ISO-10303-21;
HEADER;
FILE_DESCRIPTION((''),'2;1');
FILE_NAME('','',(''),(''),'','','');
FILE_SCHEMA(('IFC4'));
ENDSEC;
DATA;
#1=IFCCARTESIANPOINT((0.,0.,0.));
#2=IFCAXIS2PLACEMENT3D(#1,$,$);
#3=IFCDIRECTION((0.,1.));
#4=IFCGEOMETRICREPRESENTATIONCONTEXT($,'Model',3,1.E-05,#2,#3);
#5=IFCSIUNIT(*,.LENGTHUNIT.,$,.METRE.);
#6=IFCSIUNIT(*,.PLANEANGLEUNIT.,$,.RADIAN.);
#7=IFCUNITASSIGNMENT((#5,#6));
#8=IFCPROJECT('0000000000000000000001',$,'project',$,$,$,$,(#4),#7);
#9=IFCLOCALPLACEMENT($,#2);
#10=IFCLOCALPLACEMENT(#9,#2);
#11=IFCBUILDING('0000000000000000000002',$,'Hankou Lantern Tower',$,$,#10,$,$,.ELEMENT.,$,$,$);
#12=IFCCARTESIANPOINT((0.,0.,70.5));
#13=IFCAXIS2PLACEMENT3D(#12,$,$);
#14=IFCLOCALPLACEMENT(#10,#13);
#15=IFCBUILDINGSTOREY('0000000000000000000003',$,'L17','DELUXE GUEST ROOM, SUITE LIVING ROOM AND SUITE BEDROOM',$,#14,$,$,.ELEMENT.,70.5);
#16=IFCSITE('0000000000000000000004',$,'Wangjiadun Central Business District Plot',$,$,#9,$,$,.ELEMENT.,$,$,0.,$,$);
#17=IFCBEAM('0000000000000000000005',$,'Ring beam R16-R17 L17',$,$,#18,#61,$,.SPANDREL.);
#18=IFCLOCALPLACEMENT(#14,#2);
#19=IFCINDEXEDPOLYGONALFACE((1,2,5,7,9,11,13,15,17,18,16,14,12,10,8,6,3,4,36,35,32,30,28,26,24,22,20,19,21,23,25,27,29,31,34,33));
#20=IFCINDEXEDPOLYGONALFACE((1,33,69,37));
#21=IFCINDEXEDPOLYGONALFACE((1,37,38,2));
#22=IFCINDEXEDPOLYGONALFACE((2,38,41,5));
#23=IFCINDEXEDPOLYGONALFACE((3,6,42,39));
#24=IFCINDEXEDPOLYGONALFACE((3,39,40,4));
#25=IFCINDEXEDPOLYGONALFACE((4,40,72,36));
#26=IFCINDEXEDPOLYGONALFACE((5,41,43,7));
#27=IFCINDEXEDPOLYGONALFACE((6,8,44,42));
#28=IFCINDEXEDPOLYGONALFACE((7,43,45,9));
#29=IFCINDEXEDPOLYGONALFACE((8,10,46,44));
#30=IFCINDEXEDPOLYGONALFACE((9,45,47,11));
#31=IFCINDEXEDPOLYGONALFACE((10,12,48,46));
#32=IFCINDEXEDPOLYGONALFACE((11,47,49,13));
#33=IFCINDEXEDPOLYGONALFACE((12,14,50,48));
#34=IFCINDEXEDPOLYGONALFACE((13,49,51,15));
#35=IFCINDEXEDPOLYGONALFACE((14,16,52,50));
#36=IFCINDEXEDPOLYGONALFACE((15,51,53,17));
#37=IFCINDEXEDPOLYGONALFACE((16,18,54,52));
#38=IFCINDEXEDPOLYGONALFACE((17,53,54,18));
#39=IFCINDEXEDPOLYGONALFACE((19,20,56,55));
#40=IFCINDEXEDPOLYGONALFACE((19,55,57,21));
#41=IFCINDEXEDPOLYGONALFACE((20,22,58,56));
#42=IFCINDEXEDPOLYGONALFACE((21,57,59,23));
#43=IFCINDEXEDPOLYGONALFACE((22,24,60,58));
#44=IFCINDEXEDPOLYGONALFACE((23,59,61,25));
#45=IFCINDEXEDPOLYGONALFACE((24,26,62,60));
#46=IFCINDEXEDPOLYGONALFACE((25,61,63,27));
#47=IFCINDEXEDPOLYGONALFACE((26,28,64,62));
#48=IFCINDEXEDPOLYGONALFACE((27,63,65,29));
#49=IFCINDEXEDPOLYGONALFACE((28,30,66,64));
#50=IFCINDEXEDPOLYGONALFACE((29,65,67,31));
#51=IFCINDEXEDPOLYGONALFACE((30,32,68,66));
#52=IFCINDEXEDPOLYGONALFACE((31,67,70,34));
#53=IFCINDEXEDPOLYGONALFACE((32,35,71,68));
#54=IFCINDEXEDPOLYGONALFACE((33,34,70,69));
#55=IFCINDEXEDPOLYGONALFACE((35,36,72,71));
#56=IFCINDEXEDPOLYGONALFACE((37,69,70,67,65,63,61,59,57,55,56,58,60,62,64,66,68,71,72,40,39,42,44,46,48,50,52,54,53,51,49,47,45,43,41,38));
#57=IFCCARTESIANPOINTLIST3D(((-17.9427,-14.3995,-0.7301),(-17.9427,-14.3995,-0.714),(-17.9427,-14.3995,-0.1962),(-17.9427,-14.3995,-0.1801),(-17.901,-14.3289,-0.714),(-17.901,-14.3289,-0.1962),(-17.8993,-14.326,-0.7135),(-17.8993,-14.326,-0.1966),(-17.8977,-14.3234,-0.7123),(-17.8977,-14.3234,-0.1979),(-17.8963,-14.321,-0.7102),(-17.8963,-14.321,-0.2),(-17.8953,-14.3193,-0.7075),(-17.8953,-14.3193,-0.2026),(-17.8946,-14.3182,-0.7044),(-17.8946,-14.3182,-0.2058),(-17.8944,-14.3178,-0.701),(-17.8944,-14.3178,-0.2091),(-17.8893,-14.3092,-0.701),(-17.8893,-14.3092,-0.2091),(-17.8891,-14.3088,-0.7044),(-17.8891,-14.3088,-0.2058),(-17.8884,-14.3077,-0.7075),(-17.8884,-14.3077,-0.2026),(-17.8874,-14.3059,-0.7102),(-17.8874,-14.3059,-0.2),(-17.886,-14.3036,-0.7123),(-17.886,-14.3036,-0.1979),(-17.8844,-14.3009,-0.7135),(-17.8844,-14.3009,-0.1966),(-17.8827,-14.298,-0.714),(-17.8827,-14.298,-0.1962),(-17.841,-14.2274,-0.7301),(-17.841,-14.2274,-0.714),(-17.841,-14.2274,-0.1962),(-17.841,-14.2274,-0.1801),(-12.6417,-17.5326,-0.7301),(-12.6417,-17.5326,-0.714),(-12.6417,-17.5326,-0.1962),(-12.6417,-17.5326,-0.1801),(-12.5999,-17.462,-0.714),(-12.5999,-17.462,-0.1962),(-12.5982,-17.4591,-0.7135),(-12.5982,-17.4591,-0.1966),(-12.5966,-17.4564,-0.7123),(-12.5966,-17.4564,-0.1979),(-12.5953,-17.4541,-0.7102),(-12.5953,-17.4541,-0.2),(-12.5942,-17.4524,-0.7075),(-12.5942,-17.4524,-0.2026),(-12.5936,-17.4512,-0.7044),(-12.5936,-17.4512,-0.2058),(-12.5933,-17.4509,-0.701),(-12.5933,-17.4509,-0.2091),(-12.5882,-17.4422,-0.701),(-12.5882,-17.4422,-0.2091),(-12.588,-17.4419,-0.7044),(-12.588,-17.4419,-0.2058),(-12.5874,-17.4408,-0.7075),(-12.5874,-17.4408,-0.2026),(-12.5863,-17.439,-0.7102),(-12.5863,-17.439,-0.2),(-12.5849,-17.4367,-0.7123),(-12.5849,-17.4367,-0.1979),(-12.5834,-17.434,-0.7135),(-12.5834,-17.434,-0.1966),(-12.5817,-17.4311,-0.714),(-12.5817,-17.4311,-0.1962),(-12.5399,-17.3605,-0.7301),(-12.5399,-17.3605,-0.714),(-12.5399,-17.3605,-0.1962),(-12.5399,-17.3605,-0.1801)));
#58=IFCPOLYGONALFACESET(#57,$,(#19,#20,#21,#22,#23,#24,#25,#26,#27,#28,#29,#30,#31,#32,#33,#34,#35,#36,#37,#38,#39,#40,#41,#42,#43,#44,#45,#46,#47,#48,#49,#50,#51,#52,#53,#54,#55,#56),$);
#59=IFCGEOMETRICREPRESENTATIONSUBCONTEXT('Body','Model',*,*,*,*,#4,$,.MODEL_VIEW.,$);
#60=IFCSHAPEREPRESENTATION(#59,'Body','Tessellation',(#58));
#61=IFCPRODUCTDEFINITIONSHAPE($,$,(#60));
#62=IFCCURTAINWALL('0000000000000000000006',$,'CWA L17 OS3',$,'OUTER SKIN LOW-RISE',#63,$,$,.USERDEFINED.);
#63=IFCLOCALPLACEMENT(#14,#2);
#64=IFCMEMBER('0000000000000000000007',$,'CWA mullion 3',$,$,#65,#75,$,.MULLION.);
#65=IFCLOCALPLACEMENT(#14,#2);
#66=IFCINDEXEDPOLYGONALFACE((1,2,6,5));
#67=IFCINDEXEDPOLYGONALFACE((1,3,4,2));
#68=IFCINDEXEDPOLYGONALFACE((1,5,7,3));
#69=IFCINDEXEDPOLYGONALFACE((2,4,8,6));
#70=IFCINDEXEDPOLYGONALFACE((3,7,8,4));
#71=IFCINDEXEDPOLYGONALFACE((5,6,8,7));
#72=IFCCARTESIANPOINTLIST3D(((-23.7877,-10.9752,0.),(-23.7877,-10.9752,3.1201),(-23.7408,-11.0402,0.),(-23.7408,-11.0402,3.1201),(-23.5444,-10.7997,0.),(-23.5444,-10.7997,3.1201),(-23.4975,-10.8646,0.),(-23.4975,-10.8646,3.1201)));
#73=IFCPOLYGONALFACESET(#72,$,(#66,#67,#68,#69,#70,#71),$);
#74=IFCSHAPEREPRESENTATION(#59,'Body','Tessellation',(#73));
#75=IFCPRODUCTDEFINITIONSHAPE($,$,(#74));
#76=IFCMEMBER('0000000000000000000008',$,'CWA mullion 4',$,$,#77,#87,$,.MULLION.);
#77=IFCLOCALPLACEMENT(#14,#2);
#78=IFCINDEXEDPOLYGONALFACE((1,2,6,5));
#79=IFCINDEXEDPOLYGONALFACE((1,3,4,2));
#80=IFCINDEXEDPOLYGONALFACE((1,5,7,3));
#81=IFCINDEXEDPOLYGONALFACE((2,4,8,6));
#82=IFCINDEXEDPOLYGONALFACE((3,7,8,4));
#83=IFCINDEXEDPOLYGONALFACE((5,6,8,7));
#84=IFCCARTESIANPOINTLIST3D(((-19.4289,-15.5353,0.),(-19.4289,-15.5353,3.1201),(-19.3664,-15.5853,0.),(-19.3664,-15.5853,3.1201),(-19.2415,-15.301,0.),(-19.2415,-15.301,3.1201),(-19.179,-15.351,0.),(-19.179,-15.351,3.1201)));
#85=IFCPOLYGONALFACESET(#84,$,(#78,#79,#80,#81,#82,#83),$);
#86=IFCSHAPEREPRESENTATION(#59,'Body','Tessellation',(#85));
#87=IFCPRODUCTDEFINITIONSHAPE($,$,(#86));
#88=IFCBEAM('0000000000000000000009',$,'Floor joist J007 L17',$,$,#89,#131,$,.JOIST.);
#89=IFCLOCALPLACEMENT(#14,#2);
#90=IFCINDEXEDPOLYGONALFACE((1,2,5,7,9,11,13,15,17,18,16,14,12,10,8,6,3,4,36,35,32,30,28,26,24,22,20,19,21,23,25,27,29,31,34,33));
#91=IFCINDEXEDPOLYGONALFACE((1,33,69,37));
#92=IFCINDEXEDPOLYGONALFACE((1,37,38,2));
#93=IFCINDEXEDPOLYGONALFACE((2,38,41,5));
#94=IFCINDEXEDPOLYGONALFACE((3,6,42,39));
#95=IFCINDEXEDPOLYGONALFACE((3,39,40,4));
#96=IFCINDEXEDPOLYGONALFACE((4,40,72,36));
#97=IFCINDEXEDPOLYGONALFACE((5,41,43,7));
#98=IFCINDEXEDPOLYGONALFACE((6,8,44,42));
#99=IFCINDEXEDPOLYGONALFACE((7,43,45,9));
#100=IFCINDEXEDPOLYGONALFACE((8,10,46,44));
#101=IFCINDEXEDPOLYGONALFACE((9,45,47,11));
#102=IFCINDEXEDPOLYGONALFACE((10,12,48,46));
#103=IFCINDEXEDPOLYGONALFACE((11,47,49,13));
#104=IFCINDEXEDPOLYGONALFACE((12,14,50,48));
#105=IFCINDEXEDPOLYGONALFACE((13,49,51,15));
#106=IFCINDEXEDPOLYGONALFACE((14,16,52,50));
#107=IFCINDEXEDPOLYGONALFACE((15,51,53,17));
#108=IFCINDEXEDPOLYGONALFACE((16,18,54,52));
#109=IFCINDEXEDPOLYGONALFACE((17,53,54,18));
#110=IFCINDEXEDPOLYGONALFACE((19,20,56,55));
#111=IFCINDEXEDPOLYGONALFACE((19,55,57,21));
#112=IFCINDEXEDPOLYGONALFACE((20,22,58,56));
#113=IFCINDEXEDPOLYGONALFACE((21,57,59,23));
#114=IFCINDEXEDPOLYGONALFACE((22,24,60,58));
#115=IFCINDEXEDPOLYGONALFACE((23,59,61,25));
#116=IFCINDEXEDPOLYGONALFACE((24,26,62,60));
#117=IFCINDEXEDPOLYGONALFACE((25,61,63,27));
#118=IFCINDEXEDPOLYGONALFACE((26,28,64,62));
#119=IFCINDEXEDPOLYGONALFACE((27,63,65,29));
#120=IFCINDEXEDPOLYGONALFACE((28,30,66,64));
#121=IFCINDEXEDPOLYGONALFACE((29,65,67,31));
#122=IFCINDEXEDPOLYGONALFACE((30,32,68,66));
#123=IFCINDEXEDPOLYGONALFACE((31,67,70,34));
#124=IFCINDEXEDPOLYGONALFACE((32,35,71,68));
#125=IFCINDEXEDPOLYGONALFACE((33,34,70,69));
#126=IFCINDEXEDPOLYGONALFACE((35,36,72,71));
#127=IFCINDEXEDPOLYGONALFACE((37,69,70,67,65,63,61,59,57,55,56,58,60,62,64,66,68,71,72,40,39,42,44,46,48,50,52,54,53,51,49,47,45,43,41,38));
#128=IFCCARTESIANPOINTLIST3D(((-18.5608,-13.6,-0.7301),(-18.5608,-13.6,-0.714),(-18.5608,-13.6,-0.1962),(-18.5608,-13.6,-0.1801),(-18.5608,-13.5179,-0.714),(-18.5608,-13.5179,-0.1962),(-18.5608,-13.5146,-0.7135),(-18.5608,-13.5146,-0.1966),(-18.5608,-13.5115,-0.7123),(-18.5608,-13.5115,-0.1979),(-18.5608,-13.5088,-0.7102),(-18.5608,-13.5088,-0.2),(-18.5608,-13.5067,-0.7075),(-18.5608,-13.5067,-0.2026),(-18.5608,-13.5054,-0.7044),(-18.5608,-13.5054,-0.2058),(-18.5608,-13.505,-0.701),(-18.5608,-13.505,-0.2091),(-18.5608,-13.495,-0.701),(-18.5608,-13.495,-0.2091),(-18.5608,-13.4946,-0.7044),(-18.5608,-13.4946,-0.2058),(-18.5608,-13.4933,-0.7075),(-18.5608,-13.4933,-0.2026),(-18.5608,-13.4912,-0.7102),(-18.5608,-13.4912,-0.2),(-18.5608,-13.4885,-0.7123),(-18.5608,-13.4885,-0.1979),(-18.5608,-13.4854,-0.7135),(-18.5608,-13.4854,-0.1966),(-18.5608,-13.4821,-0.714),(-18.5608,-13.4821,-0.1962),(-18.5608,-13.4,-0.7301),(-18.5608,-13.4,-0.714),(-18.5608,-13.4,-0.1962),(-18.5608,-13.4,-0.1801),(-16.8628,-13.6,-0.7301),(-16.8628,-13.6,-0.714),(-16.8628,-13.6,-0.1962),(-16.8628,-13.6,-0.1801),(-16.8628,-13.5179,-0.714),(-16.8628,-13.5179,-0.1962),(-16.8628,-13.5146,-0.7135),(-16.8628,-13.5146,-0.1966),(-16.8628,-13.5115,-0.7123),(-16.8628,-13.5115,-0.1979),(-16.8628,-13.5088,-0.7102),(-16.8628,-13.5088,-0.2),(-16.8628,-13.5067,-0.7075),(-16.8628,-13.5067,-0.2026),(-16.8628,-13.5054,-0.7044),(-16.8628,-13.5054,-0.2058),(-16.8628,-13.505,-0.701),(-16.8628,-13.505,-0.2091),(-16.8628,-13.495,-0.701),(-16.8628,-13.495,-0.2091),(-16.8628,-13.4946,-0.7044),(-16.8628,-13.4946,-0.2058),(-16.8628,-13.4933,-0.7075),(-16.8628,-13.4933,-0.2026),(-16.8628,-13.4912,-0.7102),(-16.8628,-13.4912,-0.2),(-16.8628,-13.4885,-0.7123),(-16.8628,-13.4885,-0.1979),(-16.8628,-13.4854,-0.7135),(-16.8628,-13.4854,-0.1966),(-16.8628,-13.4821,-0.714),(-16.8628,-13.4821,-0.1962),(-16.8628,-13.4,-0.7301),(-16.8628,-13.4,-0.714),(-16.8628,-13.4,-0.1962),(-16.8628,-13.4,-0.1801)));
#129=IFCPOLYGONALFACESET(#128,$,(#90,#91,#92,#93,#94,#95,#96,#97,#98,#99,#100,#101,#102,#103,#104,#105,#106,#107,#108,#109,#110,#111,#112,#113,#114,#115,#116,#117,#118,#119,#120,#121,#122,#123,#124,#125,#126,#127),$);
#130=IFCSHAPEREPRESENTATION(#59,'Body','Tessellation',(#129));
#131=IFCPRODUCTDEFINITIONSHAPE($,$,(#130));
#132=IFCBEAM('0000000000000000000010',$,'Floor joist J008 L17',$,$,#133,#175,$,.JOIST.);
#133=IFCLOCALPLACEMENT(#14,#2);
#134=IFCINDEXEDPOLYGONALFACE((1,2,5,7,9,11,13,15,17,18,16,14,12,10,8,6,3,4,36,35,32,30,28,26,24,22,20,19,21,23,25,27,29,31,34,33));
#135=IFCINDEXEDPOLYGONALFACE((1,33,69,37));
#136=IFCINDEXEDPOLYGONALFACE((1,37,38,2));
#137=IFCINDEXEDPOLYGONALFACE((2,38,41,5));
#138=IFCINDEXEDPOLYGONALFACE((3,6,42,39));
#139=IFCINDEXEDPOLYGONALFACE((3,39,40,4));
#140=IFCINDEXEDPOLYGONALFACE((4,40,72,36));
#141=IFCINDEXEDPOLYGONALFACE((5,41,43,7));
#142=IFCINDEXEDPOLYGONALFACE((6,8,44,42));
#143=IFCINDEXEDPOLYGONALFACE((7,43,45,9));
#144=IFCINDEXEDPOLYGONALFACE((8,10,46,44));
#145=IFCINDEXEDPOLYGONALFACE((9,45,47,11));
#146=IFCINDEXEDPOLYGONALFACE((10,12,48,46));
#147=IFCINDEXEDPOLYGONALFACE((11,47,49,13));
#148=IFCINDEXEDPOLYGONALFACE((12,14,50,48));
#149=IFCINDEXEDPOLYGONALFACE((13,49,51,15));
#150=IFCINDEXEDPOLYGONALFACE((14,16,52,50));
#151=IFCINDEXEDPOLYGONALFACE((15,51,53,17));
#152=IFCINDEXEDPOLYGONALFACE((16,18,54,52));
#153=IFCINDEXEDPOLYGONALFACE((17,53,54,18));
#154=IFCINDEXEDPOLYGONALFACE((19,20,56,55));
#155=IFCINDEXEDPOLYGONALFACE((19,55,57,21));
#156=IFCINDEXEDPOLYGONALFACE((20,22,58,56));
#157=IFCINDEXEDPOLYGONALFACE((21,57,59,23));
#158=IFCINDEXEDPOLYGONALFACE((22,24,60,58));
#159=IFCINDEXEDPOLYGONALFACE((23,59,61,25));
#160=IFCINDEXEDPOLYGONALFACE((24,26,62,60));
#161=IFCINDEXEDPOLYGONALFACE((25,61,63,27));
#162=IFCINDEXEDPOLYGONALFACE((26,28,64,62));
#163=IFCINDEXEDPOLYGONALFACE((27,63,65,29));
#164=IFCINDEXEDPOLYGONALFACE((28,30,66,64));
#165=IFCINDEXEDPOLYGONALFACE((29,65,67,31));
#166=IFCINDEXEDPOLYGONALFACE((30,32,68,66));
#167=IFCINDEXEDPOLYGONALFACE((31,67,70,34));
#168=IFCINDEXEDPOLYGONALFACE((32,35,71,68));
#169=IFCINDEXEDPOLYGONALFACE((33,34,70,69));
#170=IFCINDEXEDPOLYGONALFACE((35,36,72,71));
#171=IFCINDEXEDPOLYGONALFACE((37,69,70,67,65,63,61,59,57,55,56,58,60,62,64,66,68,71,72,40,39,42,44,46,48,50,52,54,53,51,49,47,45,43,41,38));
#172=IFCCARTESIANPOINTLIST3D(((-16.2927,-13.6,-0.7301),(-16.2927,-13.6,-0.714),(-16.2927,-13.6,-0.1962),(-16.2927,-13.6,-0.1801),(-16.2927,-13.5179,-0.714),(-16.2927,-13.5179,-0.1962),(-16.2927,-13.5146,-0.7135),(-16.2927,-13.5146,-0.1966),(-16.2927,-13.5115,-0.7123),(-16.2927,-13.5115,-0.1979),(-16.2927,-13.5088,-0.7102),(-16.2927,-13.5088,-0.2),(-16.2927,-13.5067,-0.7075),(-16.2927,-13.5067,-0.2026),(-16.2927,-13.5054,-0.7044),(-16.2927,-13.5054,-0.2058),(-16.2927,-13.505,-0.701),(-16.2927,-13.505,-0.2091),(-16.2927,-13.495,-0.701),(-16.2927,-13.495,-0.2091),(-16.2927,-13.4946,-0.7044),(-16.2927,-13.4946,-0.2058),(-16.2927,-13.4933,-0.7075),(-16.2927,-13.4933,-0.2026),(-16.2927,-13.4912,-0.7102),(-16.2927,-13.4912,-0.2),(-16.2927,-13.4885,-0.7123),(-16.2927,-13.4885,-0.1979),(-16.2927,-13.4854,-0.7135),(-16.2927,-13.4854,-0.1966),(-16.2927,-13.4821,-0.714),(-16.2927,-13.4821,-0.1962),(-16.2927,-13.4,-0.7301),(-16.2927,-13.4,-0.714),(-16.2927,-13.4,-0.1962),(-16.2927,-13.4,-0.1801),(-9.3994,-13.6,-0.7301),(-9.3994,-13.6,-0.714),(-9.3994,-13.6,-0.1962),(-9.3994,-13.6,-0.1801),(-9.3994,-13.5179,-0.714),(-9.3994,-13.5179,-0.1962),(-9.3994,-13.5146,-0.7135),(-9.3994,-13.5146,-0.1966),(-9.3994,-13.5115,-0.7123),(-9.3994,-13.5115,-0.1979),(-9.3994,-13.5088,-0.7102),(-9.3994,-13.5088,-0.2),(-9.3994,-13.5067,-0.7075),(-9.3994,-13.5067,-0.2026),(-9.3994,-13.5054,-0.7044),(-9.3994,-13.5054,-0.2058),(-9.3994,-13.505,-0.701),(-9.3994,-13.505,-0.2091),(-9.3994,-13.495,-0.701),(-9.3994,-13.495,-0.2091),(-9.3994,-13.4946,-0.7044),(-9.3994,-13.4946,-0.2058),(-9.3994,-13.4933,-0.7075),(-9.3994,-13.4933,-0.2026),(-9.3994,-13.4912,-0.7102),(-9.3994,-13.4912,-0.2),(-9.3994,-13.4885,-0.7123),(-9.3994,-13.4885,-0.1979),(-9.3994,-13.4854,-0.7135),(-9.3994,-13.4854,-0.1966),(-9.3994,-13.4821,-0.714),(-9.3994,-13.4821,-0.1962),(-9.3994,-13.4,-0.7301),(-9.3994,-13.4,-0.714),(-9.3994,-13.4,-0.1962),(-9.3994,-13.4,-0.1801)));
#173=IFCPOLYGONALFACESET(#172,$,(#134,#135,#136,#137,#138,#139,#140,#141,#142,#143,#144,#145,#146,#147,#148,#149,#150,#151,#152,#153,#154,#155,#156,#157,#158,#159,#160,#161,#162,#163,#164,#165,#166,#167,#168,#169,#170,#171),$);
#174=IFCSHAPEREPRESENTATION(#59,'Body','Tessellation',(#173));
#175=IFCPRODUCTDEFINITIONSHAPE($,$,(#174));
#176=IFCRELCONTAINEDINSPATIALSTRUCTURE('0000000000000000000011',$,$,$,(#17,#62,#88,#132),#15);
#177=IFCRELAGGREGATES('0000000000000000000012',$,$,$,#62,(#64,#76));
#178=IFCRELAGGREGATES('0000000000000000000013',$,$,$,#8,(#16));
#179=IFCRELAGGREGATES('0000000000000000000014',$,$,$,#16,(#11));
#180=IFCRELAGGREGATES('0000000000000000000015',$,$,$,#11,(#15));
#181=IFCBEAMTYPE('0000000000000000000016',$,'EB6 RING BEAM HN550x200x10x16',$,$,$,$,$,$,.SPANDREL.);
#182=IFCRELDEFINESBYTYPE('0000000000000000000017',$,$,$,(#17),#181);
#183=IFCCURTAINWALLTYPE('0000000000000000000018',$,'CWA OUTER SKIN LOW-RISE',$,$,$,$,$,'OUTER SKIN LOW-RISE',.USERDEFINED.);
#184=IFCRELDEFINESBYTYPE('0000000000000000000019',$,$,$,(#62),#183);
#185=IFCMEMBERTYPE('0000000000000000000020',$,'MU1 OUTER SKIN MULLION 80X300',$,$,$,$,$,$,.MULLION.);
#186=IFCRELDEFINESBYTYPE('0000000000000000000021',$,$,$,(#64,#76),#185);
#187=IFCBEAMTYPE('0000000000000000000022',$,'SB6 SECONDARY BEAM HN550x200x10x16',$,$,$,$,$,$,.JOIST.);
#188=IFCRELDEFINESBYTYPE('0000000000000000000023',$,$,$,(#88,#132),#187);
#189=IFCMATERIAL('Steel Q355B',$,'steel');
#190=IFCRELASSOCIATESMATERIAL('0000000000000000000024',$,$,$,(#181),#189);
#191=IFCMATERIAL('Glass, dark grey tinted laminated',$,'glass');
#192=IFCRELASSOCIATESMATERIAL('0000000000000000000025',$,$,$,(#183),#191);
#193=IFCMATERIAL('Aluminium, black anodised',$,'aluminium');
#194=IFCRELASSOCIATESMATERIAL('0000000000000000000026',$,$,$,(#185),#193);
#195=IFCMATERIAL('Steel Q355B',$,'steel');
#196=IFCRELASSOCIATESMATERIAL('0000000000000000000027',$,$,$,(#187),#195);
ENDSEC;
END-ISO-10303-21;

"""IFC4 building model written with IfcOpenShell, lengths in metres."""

from ifc_helpers import new_model, si_unit, direction, frame, origin, origin_2d, place, context, subcontext, project, spatial, rectangle, i_section, extrude, material, material_profile, profile_set, type_object, element, aggregate, save


model = new_model("IFC4")

# Units and contexts
model_context = context("Model", 3, precision=1e-05, world=origin(), true_north=direction((0.0, 1.0)))
body_context = subcontext(model_context, "Body", "Model", "MODEL_VIEW")
ifc_project = project(units=[si_unit("LENGTHUNIT", "METRE"), si_unit("PLANEANGLEUNIT", "RADIAN")], contexts=[model_context])

# Site, building, storey
site_placement = place(None, origin())
site = spatial("IfcSite", under=ifc_project, at=site_placement, Name="Wangjiadun Central Business District Plot", CompositionType="ELEMENT", RefElevation=0.0)
building_placement = place(site_placement, origin())
building = spatial("IfcBuilding", under=site, at=building_placement, Name="Hankou Lantern Tower", CompositionType="ELEMENT")
storey_placement = place(building_placement, frame((0.0, 0.0, 70.5)))
storey = spatial("IfcBuildingStorey", under=building, at=storey_placement, Name="L17", Description="DELUXE GUEST ROOM, SUITE LIVING ROOM AND SUITE BEDROOM", CompositionType="ELEMENT", Elevation=70.5)

# Beam
ifc_material_1 = material(Name="Steel Q355B", Category="steel")
ifc_material_profile_1 = material_profile(ifc_material_1, i_section(OverallWidth=0.2, OverallDepth=0.55, WebThickness=0.01, FlangeThickness=0.0161, FilletRadius=0.0129, at=origin_2d()), Name="HN550x200x10x16")
ifc_profile_set_1 = profile_set([ifc_material_profile_1], Name="Steel Q355B")
beam_type_1 = type_object("IfcBeamType", Name="EB6 RING BEAM HN550x200x10x16", PredefinedType="SPANDREL", material=ifc_profile_set_1)
beam_1_placement = place(storey_placement, frame((-17.8918, -14.3135, -0.4551), z_axis=(0.860882, -0.508805, 0.0), x_axis=(0.508805, 0.860882, 0.0)))
element("IfcBeam", 1, at=beam_1_placement, inside=storey, type_object=beam_type_1, Name="Ring beam R16-R17 L17", PredefinedType="SPANDREL", context=body_context, shape_type="SweptSolid", body=[
    extrude(i_section(OverallWidth=0.2, OverallDepth=0.55, WebThickness=0.01, FlangeThickness=0.0161, FilletRadius=0.0129, at=origin_2d()), origin(), (0.0, 0.0, 1.0), 6.1577),
])

# Curtain wall, members
ifc_material_2 = material(Name="Glass, dark grey tinted laminated", Category="glass")
curtain_wall_type = type_object("IfcCurtainWallType", Name="CWA OUTER SKIN LOW-RISE", ElementType="OUTER SKIN LOW-RISE", PredefinedType="USERDEFINED", material=ifc_material_2)
curtain_wall_placement = place(storey_placement, origin())
curtain_wall = element("IfcCurtainWall", 2, at=curtain_wall_placement, inside=storey, type_object=curtain_wall_type, Name="CWA L17 OS3", ObjectType="OUTER SKIN LOW-RISE", PredefinedType="USERDEFINED")
ifc_material_3 = material(Name="Aluminium, black anodised", Category="aluminium")
ifc_material_profile_2 = material_profile(ifc_material_3, rectangle(XDim=0.0801, YDim=0.3, at=origin_2d()), Name="MU1 80X300")
ifc_profile_set_2 = profile_set([ifc_material_profile_2], Name="Aluminium, black anodised")
member_type_1 = type_object("IfcMemberType", Name="MU1 OUTER SKIN MULLION 80X300", PredefinedType="MULLION", material=ifc_profile_set_2)
member_1_placement = place(storey_placement, frame((-23.6426, -10.9199, 0.0), z_axis=(0.0, 0.0, 1.0), x_axis=(0.585206, -0.810885, 0.0)))
member_1 = element("IfcMember", 3, at=member_1_placement, type_object=member_type_1, Name="CWA mullion 3", PredefinedType="MULLION", context=body_context, shape_type="SweptSolid", body=[
    extrude(rectangle(XDim=0.0801, YDim=0.3, at=origin_2d()), origin(), (0.0, 0.0, 1.0), 3.1201),
])
member_2_placement = place(storey_placement, frame((-19.304, -15.4431, 0.0), z_axis=(0.0, 0.0, 1.0), x_axis=(0.780869, -0.624695, 0.0)))
member_2 = element("IfcMember", 4, at=member_2_placement, type_object=member_type_1, Name="CWA mullion 4", PredefinedType="MULLION", context=body_context, shape_type="SweptSolid", body=[
    extrude(rectangle(XDim=0.0801, YDim=0.3, at=origin_2d()), origin(), (0.0, 0.0, 1.0), 3.1201),
])

# Beams
ifc_material_4 = material(Name="Steel Q355B", Category="steel")
ifc_material_profile_3 = material_profile(ifc_material_4, i_section(OverallWidth=0.2, OverallDepth=0.55, WebThickness=0.01, FlangeThickness=0.0161, FilletRadius=0.0129, at=origin_2d()), Name="HN550x200x10x16")
ifc_profile_set_3 = profile_set([ifc_material_profile_3], Name="Steel Q355B")
beam_type_2 = type_object("IfcBeamType", Name="SB6 SECONDARY BEAM HN550x200x10x16", PredefinedType="JOIST", material=ifc_profile_set_3)
beam_2_placement = place(storey_placement, frame((-18.5608, -13.5, -0.4551), z_axis=(1.0, 0.0, 0.0), x_axis=(0.0, 1.0, 0.0)))
element("IfcBeam", 5, at=beam_2_placement, inside=storey, type_object=beam_type_2, Name="Floor joist J007 L17", PredefinedType="JOIST", context=body_context, shape_type="SweptSolid", body=[
    extrude(i_section(OverallWidth=0.2, OverallDepth=0.55, WebThickness=0.01, FlangeThickness=0.0161, FilletRadius=0.0129, at=origin_2d()), origin(), (0.0, 0.0, 1.0), 1.698),
])
beam_3_placement = place(storey_placement, frame((-16.2927, -13.5, -0.4551), z_axis=(1.0, 0.0, 0.0), x_axis=(0.0, 1.0, 0.0)))
element("IfcBeam", 6, at=beam_3_placement, inside=storey, type_object=beam_type_2, Name="Floor joist J008 L17", PredefinedType="JOIST", context=body_context, shape_type="SweptSolid", body=[
    extrude(i_section(OverallWidth=0.2, OverallDepth=0.55, WebThickness=0.01, FlangeThickness=0.0161, FilletRadius=0.0129, at=origin_2d()), origin(), (0.0, 0.0, 1.0), 6.8933),
])

aggregate(curtain_wall, [member_1, member_2])

save(model, "model.ifc")
